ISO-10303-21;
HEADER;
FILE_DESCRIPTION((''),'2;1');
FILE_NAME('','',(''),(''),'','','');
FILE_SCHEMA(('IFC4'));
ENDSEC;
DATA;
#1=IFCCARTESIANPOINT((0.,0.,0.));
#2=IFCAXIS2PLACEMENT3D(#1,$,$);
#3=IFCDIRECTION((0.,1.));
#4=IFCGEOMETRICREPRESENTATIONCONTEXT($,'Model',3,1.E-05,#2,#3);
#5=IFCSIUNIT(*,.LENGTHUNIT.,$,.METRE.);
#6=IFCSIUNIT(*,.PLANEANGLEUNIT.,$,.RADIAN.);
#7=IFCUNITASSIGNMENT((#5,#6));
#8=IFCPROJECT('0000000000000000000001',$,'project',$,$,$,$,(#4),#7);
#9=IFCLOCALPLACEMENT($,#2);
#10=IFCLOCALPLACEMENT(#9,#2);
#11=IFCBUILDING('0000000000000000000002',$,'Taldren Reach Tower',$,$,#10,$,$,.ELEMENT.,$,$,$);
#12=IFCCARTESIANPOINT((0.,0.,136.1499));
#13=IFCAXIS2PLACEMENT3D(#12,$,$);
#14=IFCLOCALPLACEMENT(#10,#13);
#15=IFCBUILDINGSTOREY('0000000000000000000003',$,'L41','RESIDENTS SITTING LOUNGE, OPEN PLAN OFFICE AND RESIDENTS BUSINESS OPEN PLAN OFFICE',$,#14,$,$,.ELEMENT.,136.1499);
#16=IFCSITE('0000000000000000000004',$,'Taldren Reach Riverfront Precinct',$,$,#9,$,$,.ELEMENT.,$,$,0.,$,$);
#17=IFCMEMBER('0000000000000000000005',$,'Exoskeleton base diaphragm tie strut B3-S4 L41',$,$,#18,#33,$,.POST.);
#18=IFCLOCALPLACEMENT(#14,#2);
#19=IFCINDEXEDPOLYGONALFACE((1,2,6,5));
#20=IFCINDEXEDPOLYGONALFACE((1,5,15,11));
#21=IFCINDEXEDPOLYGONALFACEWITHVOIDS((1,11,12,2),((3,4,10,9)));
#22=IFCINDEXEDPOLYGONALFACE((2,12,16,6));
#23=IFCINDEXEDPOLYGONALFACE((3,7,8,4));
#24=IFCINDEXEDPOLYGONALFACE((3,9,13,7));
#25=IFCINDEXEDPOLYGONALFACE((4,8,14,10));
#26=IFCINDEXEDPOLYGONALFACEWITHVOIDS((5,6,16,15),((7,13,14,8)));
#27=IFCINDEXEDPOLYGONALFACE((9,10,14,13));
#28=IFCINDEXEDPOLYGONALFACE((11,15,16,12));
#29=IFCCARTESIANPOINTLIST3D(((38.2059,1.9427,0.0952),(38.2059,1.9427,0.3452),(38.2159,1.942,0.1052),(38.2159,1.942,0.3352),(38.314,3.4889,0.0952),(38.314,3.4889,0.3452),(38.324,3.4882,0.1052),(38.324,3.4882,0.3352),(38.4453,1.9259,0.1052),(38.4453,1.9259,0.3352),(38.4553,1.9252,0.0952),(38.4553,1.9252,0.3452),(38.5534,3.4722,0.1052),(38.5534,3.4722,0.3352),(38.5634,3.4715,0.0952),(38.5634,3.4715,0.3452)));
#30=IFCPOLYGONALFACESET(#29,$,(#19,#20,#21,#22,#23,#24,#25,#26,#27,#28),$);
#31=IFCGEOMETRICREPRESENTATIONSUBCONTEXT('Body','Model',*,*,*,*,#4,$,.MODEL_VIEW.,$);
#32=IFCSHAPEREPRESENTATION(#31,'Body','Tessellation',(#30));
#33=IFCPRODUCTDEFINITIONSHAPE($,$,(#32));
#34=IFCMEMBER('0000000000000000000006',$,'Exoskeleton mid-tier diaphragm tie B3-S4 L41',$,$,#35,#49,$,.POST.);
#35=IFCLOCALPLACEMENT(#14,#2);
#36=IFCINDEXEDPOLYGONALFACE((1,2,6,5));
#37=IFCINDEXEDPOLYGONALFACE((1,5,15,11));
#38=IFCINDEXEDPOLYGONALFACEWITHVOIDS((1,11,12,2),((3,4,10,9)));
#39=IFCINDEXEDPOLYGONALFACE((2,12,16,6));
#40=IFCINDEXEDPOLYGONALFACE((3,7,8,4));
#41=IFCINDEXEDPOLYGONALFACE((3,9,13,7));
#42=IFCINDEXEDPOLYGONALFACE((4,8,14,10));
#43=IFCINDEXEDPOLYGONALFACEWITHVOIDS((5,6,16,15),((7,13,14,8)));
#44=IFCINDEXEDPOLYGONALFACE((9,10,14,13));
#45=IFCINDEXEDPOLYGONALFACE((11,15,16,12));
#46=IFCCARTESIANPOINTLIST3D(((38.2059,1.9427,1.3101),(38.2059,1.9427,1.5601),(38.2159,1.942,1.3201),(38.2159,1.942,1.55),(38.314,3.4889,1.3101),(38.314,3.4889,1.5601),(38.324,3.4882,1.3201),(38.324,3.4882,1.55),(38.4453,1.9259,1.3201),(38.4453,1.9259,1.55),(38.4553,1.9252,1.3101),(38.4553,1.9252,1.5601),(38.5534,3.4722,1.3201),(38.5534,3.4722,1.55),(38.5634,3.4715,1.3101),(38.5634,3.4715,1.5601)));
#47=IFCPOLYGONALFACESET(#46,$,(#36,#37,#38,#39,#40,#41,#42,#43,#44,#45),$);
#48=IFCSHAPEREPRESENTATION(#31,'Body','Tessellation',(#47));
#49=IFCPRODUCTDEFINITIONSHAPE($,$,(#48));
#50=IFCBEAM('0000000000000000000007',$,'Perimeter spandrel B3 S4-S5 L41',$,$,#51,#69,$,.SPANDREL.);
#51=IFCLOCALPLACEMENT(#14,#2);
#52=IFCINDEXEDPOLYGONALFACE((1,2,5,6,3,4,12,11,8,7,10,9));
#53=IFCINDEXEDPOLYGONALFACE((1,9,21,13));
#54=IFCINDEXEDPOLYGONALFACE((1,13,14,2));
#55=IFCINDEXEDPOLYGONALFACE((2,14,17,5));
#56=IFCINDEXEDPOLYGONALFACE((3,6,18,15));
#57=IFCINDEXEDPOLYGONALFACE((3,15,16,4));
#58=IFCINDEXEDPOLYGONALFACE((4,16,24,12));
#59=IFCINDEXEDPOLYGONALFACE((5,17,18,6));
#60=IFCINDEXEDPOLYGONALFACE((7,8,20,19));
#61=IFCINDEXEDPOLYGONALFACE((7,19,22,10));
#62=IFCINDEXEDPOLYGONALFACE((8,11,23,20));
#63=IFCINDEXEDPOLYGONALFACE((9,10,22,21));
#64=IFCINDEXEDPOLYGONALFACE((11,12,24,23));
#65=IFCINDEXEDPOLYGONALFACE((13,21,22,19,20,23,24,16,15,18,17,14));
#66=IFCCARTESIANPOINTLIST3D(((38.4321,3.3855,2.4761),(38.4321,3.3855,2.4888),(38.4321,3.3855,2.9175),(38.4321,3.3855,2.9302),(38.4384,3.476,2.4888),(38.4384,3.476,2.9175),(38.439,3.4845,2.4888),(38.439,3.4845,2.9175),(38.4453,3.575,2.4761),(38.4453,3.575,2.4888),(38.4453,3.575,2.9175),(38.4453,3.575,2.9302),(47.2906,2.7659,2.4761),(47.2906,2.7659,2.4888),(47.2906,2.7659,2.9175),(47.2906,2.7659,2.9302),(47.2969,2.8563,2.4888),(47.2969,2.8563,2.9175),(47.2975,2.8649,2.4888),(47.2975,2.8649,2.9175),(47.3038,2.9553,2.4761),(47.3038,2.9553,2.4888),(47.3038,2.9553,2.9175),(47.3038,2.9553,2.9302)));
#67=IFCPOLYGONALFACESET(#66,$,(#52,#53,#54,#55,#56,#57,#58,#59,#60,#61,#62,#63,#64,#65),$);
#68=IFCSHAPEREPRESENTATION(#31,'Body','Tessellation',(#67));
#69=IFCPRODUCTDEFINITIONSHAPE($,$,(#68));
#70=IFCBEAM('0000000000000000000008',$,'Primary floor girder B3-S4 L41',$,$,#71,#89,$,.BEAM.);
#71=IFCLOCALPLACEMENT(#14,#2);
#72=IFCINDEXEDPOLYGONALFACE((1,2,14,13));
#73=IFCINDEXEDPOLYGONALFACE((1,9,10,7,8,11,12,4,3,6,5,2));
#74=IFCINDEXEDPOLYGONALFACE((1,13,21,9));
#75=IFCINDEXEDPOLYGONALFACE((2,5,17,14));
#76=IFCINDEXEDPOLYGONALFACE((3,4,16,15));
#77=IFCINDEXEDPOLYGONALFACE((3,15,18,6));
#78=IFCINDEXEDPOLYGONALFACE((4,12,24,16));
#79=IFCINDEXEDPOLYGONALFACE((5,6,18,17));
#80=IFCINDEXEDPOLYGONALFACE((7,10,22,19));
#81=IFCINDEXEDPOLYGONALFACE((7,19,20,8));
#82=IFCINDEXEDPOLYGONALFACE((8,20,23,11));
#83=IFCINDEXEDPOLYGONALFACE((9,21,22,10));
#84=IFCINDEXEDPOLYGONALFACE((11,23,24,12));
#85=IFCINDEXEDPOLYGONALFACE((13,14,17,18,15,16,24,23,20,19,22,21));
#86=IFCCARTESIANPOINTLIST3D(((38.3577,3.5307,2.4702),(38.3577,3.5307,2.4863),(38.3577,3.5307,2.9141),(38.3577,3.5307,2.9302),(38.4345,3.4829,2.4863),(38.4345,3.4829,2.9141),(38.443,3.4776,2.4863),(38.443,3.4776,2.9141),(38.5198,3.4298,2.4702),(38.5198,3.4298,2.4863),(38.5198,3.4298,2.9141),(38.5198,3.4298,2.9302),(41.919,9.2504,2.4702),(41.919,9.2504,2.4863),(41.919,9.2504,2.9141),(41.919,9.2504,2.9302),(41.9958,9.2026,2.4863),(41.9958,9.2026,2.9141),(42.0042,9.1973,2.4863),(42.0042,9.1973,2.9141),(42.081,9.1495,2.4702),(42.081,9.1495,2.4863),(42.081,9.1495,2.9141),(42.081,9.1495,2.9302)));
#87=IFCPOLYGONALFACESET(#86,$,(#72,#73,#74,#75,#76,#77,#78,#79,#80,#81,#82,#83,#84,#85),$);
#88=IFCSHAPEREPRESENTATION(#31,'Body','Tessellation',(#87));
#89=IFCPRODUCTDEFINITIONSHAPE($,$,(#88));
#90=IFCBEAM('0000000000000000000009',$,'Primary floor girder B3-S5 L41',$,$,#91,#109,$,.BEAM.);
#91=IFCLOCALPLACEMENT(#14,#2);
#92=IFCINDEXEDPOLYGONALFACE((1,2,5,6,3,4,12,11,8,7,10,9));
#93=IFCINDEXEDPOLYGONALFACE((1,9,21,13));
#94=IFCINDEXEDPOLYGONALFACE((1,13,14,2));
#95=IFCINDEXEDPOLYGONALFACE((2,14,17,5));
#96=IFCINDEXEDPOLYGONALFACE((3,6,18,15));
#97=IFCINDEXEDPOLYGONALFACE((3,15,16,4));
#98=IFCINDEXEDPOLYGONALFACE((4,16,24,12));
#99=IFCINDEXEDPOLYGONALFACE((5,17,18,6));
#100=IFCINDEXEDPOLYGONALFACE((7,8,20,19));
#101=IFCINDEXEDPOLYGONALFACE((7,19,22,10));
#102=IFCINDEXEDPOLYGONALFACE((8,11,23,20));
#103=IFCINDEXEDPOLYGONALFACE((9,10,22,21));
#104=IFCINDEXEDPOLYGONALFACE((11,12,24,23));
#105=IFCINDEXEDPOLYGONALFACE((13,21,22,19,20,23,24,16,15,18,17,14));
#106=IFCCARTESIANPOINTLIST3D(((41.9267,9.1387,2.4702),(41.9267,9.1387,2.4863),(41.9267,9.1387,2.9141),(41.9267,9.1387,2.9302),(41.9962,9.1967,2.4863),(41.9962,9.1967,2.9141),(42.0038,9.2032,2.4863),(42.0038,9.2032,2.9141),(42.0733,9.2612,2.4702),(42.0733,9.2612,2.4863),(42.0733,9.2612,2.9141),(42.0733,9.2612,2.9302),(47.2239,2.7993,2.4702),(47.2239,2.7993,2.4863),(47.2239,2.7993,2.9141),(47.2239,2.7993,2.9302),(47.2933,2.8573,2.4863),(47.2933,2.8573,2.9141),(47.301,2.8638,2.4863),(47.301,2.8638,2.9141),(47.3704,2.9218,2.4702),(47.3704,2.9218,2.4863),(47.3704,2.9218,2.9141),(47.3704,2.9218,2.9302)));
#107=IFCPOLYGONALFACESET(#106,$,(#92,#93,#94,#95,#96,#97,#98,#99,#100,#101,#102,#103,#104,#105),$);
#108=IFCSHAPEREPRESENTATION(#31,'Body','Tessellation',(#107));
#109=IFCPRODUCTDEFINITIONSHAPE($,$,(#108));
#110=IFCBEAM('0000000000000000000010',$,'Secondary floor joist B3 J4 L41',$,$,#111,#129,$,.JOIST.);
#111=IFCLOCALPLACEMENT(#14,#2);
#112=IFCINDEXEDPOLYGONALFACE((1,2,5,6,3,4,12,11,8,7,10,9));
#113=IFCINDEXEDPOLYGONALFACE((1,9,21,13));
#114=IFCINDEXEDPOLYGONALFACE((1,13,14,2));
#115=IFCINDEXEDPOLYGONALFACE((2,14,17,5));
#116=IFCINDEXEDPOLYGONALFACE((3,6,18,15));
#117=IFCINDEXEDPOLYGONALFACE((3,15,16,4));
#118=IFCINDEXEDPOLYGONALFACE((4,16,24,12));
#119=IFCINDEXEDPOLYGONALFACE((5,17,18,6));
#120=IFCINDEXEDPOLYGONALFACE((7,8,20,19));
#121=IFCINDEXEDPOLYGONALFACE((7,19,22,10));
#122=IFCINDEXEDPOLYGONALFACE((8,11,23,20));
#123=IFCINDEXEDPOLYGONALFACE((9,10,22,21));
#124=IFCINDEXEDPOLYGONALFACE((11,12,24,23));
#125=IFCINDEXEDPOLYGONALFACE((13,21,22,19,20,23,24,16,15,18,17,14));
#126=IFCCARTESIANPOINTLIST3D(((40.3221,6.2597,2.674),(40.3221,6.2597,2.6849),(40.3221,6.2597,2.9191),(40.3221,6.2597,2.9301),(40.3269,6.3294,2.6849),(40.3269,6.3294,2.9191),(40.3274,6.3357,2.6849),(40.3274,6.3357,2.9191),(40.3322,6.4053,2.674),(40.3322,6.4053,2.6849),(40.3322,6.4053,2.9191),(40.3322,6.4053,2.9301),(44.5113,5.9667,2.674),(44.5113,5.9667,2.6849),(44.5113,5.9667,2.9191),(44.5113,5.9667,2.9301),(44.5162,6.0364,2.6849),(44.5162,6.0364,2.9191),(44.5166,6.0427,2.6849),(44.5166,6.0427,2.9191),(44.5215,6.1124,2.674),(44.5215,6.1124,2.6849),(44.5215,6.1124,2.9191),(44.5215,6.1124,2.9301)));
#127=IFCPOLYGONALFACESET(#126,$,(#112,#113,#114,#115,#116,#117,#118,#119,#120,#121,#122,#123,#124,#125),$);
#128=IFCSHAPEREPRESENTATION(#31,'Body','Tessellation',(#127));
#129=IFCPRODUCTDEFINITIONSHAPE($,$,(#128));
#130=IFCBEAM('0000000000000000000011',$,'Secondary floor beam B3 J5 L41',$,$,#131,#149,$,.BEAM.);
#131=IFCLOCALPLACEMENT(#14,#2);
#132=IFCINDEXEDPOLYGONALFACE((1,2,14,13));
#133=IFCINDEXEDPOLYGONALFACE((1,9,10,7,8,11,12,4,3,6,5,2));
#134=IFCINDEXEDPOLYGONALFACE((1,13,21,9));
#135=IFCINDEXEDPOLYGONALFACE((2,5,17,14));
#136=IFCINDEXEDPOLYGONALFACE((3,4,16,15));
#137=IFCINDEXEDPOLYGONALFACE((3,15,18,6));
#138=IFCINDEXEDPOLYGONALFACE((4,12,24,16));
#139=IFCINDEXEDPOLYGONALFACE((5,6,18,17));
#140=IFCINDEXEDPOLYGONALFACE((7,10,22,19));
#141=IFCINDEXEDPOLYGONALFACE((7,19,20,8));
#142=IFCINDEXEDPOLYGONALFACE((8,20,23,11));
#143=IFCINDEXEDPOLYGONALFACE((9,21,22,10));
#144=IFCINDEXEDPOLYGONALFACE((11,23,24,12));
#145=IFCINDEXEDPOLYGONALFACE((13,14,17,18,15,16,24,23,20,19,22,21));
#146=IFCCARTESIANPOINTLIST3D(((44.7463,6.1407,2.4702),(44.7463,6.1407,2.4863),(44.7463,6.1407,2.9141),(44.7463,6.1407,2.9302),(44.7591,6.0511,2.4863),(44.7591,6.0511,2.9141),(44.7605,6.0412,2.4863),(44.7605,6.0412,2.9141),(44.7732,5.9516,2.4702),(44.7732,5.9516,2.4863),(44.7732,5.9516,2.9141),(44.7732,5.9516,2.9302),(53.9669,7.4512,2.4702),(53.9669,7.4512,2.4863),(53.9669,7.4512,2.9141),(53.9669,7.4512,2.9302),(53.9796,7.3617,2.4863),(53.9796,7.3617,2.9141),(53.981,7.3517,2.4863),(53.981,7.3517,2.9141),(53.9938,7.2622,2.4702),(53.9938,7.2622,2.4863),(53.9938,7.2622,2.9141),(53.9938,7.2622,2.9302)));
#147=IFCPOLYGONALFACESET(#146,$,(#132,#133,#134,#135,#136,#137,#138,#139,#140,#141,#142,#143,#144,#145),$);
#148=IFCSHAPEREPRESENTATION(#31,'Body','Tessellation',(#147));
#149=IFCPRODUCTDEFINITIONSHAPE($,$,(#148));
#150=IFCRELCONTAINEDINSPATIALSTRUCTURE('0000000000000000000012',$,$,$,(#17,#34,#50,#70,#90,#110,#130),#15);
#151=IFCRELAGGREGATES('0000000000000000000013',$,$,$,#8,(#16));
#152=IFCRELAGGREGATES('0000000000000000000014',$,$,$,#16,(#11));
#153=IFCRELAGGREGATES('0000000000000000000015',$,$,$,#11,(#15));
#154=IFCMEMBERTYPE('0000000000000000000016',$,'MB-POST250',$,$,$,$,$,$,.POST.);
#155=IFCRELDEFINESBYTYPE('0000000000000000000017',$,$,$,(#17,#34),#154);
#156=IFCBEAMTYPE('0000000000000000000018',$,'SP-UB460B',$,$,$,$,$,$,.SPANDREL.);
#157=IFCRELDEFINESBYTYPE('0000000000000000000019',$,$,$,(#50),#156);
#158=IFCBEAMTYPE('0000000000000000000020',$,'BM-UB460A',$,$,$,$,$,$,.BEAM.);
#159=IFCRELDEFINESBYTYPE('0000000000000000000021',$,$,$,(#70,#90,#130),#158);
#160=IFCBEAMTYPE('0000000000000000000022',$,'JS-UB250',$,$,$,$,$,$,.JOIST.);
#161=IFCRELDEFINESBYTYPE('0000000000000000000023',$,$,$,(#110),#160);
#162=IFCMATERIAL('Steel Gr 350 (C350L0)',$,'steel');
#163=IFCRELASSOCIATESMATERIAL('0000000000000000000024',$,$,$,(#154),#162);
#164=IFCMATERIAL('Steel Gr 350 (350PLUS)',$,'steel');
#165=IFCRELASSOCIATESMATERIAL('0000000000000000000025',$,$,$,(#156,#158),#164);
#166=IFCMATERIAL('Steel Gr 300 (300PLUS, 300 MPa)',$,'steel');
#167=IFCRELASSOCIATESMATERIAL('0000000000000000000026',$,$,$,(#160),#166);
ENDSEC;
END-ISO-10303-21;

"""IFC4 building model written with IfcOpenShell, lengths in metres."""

from ifc_helpers import new_model, si_unit, direction, frame, origin, origin_2d, place, context, subcontext, project, spatial, hollow_rectangle, i_section, extrude, source, transform, mapped, material, material_profile, profile_set, type_object, element, save


model = new_model("IFC4")

# Units and contexts
model_context = context("Model", 3, precision=1e-05, world=origin(), true_north=direction((0.0, 1.0)))
body_context = subcontext(model_context, "Body", "Model", "MODEL_VIEW")
ifc_project = project(units=[si_unit("LENGTHUNIT", "METRE"), si_unit("PLANEANGLEUNIT", "RADIAN")], contexts=[model_context])

# Site, building, storey
site_placement = place(None, origin())
site = spatial("IfcSite", under=ifc_project, at=site_placement, Name="Taldren Reach Riverfront Precinct", CompositionType="ELEMENT", RefElevation=0.0)
building_placement = place(site_placement, origin())
building = spatial("IfcBuilding", under=site, at=building_placement, Name="Taldren Reach Tower", CompositionType="ELEMENT")
storey_placement = place(building_placement, frame((0.0, 0.0, 136.1499)))
storey = spatial("IfcBuildingStorey", under=building, at=storey_placement, Name="L41", Description="RESIDENTS SITTING LOUNGE, OPEN PLAN OFFICE AND RESIDENTS BUSINESS OPEN PLAN OFFICE", CompositionType="ELEMENT", Elevation=136.1499)

# Shared definitions
ifc_material_1 = material(Name="Steel Gr 350 (350PLUS)", Category="steel")

# Members
ifc_material_2 = material(Name="Steel Gr 350 (C350L0)", Category="steel")
ifc_material_profile_1 = material_profile(ifc_material_2, hollow_rectangle(XDim=0.25, YDim=0.25, WallThickness=0.01, at=origin_2d()), Name="250x250x10.0SHS")
ifc_profile_set_1 = profile_set([ifc_material_profile_1], Name="Steel Gr 350 (C350L0)")
member_type_1 = type_object("IfcMemberType", Name="MB-POST250", PredefinedType="POST", material=ifc_profile_set_1)
shared_shape_1 = source(origin(), body_context, "Body", "SweptSolid", [
    extrude(hollow_rectangle(XDim=0.25, YDim=0.25, WallThickness=0.01, at=origin_2d()), origin(), (0.0, 0.0, 1.0), 1.55),
])
for number, where, z_axis, x_axis, name in (
    (1, (38.4387, 3.4802, 0.2202), (-0.06977, -0.997563, 0.0), (0.997563, -0.06977, 0.0), "Exoskeleton base diaphragm tie strut B3-S4 L41"),
    (2, (38.4387, 3.4802, 1.4351), (-0.06977, -0.997563, 0.0), (0.997563, -0.06977, 0.0), "Exoskeleton mid-tier diaphragm tie B3-S4 L41"),
):
    element("IfcMember", number, at=place(storey_placement, frame(where, z_axis=z_axis, x_axis=x_axis)), inside=storey, type_object=member_type_1, Name=name, PredefinedType="POST", context=body_context, shape_type="MappedRepresentation", body=[
        mapped(shared_shape_1, transform((0.0, 0.0, 0.0), scale=1.0)),
    ])

# Beams
ifc_material_profile_2 = material_profile(ifc_material_1, i_section(OverallWidth=0.1899, OverallDepth=0.4541, WebThickness=0.0085, FlangeThickness=0.0127, at=origin_2d()), Name="460UB67.1")
ifc_profile_set_2 = profile_set([ifc_material_profile_2], Name="Steel Gr 350 (350PLUS)")
beam_type_1 = type_object("IfcBeamType", Name="SP-UB460B", PredefinedType="SPANDREL", material=ifc_profile_set_2)
shared_shape_2 = source(origin(), body_context, "Body", "SweptSolid", [
    extrude(i_section(OverallWidth=0.1899, OverallDepth=0.4541, WebThickness=0.0085, FlangeThickness=0.0127, at=origin_2d()), origin(), (0.0, 0.0, 1.0), 8.8801),
])
beam_1_placement = place(storey_placement, frame((38.4387, 3.4802, 2.7031), z_axis=(0.997563, -0.069778, 0.0), x_axis=(0.069778, 0.997563, 0.0)))
element("IfcBeam", 3, at=beam_1_placement, inside=storey, type_object=beam_type_1, Name="Perimeter spandrel B3 S4-S5 L41", PredefinedType="SPANDREL", context=body_context, shape_type="MappedRepresentation", body=[
    mapped(shared_shape_2, transform((0.0, 0.0, 0.0), scale=1.0)),
])
ifc_material_profile_3 = material_profile(ifc_material_1, i_section(OverallWidth=0.1909, OverallDepth=0.46, WebThickness=0.01, FlangeThickness=0.0161, at=origin_2d()), Name="460UB82.1")
ifc_profile_set_3 = profile_set([ifc_material_profile_3], Name="Steel Gr 350 (350PLUS)")
beam_type_2 = type_object("IfcBeamType", Name="BM-UB460A", PredefinedType="BEAM", material=ifc_profile_set_3)
shared_shape_3 = source(origin(), body_context, "Body", "SweptSolid", [
    extrude(i_section(OverallWidth=0.1909, OverallDepth=0.46, WebThickness=0.01, FlangeThickness=0.0161, at=origin_2d()), origin(), (0.0, 0.0, 1.0), 6.7378),
])
beam_2_placement = place(storey_placement, frame((42.0, 9.2, 2.7002), z_axis=(-0.528552, -0.848901, 0.0), x_axis=(0.848901, -0.528552, 0.0)))
element("IfcBeam", 4, at=beam_2_placement, inside=storey, type_object=beam_type_2, Name="Primary floor girder B3-S4 L41", PredefinedType="BEAM", context=body_context, shape_type="MappedRepresentation", body=[
    mapped(shared_shape_3, transform((0.0, 0.0, 0.0), scale=1.0)),
])
shared_shape_4 = source(origin(), body_context, "Body", "SweptSolid", [
    extrude(i_section(OverallWidth=0.1909, OverallDepth=0.46, WebThickness=0.01, FlangeThickness=0.0161, at=origin_2d()), origin(), (0.0, 0.0, 1.0), 8.2612),
])
beam_3_placement = place(storey_placement, frame((42.0, 9.2, 2.7002), z_axis=(0.641207, -0.767368, 0.0), x_axis=(0.767368, 0.641207, 0.0)))
element("IfcBeam", 5, at=beam_3_placement, inside=storey, type_object=beam_type_2, Name="Primary floor girder B3-S5 L41", PredefinedType="BEAM", context=body_context, shape_type="MappedRepresentation", body=[
    mapped(shared_shape_4, transform((0.0, 0.0, 0.0), scale=1.0)),
])
ifc_material_3 = material(Name="Steel Gr 300 (300PLUS, 300 MPa)", Category="steel")
ifc_material_profile_4 = material_profile(ifc_material_3, i_section(OverallWidth=0.146, OverallDepth=0.2561, WebThickness=0.0063, FlangeThickness=0.011, at=origin_2d()), Name="250UB37.3")
ifc_profile_set_4 = profile_set([ifc_material_profile_4], Name="Steel Gr 300 (300PLUS, 300 MPa)")
beam_type_3 = type_object("IfcBeamType", Name="JS-UB250", PredefinedType="JOIST", material=ifc_profile_set_4)
shared_shape_5 = source(origin(), body_context, "Body", "SweptSolid", [
    extrude(i_section(OverallWidth=0.146, OverallDepth=0.2561, WebThickness=0.0063, FlangeThickness=0.011, at=origin_2d()), origin(), (0.0, 0.0, 1.0), 4.1995),
])
beam_4_placement = place(storey_placement, frame((40.3271, 6.3325, 2.802), z_axis=(0.997564, -0.069764, 0.0), x_axis=(0.069764, 0.997564, 0.0)))
element("IfcBeam", 6, at=beam_4_placement, inside=storey, type_object=beam_type_3, Name="Secondary floor joist B3 J4 L41", PredefinedType="JOIST", context=body_context, shape_type="MappedRepresentation", body=[
    mapped(shared_shape_5, transform((0.0, 0.0, 0.0), scale=1.0)),
])
shared_shape_6 = source(origin(), body_context, "Body", "SweptSolid", [
    extrude(i_section(OverallWidth=0.1909, OverallDepth=0.46, WebThickness=0.01, FlangeThickness=0.0161, at=origin_2d()), origin(), (0.0, 0.0, 1.0), 9.3132),
])
beam_5_placement = place(storey_placement, frame((44.7598, 6.0461, 2.7002), z_axis=(0.990049, 0.14072, 0.0), x_axis=(-0.14072, 0.990049, 0.0)))
element("IfcBeam", 7, at=beam_5_placement, inside=storey, type_object=beam_type_2, Name="Secondary floor beam B3 J5 L41", PredefinedType="BEAM", context=body_context, shape_type="MappedRepresentation", body=[
    mapped(shared_shape_6, transform((0.0, 0.0, 0.0), scale=1.0)),
])

save(model, "model.ifc")
